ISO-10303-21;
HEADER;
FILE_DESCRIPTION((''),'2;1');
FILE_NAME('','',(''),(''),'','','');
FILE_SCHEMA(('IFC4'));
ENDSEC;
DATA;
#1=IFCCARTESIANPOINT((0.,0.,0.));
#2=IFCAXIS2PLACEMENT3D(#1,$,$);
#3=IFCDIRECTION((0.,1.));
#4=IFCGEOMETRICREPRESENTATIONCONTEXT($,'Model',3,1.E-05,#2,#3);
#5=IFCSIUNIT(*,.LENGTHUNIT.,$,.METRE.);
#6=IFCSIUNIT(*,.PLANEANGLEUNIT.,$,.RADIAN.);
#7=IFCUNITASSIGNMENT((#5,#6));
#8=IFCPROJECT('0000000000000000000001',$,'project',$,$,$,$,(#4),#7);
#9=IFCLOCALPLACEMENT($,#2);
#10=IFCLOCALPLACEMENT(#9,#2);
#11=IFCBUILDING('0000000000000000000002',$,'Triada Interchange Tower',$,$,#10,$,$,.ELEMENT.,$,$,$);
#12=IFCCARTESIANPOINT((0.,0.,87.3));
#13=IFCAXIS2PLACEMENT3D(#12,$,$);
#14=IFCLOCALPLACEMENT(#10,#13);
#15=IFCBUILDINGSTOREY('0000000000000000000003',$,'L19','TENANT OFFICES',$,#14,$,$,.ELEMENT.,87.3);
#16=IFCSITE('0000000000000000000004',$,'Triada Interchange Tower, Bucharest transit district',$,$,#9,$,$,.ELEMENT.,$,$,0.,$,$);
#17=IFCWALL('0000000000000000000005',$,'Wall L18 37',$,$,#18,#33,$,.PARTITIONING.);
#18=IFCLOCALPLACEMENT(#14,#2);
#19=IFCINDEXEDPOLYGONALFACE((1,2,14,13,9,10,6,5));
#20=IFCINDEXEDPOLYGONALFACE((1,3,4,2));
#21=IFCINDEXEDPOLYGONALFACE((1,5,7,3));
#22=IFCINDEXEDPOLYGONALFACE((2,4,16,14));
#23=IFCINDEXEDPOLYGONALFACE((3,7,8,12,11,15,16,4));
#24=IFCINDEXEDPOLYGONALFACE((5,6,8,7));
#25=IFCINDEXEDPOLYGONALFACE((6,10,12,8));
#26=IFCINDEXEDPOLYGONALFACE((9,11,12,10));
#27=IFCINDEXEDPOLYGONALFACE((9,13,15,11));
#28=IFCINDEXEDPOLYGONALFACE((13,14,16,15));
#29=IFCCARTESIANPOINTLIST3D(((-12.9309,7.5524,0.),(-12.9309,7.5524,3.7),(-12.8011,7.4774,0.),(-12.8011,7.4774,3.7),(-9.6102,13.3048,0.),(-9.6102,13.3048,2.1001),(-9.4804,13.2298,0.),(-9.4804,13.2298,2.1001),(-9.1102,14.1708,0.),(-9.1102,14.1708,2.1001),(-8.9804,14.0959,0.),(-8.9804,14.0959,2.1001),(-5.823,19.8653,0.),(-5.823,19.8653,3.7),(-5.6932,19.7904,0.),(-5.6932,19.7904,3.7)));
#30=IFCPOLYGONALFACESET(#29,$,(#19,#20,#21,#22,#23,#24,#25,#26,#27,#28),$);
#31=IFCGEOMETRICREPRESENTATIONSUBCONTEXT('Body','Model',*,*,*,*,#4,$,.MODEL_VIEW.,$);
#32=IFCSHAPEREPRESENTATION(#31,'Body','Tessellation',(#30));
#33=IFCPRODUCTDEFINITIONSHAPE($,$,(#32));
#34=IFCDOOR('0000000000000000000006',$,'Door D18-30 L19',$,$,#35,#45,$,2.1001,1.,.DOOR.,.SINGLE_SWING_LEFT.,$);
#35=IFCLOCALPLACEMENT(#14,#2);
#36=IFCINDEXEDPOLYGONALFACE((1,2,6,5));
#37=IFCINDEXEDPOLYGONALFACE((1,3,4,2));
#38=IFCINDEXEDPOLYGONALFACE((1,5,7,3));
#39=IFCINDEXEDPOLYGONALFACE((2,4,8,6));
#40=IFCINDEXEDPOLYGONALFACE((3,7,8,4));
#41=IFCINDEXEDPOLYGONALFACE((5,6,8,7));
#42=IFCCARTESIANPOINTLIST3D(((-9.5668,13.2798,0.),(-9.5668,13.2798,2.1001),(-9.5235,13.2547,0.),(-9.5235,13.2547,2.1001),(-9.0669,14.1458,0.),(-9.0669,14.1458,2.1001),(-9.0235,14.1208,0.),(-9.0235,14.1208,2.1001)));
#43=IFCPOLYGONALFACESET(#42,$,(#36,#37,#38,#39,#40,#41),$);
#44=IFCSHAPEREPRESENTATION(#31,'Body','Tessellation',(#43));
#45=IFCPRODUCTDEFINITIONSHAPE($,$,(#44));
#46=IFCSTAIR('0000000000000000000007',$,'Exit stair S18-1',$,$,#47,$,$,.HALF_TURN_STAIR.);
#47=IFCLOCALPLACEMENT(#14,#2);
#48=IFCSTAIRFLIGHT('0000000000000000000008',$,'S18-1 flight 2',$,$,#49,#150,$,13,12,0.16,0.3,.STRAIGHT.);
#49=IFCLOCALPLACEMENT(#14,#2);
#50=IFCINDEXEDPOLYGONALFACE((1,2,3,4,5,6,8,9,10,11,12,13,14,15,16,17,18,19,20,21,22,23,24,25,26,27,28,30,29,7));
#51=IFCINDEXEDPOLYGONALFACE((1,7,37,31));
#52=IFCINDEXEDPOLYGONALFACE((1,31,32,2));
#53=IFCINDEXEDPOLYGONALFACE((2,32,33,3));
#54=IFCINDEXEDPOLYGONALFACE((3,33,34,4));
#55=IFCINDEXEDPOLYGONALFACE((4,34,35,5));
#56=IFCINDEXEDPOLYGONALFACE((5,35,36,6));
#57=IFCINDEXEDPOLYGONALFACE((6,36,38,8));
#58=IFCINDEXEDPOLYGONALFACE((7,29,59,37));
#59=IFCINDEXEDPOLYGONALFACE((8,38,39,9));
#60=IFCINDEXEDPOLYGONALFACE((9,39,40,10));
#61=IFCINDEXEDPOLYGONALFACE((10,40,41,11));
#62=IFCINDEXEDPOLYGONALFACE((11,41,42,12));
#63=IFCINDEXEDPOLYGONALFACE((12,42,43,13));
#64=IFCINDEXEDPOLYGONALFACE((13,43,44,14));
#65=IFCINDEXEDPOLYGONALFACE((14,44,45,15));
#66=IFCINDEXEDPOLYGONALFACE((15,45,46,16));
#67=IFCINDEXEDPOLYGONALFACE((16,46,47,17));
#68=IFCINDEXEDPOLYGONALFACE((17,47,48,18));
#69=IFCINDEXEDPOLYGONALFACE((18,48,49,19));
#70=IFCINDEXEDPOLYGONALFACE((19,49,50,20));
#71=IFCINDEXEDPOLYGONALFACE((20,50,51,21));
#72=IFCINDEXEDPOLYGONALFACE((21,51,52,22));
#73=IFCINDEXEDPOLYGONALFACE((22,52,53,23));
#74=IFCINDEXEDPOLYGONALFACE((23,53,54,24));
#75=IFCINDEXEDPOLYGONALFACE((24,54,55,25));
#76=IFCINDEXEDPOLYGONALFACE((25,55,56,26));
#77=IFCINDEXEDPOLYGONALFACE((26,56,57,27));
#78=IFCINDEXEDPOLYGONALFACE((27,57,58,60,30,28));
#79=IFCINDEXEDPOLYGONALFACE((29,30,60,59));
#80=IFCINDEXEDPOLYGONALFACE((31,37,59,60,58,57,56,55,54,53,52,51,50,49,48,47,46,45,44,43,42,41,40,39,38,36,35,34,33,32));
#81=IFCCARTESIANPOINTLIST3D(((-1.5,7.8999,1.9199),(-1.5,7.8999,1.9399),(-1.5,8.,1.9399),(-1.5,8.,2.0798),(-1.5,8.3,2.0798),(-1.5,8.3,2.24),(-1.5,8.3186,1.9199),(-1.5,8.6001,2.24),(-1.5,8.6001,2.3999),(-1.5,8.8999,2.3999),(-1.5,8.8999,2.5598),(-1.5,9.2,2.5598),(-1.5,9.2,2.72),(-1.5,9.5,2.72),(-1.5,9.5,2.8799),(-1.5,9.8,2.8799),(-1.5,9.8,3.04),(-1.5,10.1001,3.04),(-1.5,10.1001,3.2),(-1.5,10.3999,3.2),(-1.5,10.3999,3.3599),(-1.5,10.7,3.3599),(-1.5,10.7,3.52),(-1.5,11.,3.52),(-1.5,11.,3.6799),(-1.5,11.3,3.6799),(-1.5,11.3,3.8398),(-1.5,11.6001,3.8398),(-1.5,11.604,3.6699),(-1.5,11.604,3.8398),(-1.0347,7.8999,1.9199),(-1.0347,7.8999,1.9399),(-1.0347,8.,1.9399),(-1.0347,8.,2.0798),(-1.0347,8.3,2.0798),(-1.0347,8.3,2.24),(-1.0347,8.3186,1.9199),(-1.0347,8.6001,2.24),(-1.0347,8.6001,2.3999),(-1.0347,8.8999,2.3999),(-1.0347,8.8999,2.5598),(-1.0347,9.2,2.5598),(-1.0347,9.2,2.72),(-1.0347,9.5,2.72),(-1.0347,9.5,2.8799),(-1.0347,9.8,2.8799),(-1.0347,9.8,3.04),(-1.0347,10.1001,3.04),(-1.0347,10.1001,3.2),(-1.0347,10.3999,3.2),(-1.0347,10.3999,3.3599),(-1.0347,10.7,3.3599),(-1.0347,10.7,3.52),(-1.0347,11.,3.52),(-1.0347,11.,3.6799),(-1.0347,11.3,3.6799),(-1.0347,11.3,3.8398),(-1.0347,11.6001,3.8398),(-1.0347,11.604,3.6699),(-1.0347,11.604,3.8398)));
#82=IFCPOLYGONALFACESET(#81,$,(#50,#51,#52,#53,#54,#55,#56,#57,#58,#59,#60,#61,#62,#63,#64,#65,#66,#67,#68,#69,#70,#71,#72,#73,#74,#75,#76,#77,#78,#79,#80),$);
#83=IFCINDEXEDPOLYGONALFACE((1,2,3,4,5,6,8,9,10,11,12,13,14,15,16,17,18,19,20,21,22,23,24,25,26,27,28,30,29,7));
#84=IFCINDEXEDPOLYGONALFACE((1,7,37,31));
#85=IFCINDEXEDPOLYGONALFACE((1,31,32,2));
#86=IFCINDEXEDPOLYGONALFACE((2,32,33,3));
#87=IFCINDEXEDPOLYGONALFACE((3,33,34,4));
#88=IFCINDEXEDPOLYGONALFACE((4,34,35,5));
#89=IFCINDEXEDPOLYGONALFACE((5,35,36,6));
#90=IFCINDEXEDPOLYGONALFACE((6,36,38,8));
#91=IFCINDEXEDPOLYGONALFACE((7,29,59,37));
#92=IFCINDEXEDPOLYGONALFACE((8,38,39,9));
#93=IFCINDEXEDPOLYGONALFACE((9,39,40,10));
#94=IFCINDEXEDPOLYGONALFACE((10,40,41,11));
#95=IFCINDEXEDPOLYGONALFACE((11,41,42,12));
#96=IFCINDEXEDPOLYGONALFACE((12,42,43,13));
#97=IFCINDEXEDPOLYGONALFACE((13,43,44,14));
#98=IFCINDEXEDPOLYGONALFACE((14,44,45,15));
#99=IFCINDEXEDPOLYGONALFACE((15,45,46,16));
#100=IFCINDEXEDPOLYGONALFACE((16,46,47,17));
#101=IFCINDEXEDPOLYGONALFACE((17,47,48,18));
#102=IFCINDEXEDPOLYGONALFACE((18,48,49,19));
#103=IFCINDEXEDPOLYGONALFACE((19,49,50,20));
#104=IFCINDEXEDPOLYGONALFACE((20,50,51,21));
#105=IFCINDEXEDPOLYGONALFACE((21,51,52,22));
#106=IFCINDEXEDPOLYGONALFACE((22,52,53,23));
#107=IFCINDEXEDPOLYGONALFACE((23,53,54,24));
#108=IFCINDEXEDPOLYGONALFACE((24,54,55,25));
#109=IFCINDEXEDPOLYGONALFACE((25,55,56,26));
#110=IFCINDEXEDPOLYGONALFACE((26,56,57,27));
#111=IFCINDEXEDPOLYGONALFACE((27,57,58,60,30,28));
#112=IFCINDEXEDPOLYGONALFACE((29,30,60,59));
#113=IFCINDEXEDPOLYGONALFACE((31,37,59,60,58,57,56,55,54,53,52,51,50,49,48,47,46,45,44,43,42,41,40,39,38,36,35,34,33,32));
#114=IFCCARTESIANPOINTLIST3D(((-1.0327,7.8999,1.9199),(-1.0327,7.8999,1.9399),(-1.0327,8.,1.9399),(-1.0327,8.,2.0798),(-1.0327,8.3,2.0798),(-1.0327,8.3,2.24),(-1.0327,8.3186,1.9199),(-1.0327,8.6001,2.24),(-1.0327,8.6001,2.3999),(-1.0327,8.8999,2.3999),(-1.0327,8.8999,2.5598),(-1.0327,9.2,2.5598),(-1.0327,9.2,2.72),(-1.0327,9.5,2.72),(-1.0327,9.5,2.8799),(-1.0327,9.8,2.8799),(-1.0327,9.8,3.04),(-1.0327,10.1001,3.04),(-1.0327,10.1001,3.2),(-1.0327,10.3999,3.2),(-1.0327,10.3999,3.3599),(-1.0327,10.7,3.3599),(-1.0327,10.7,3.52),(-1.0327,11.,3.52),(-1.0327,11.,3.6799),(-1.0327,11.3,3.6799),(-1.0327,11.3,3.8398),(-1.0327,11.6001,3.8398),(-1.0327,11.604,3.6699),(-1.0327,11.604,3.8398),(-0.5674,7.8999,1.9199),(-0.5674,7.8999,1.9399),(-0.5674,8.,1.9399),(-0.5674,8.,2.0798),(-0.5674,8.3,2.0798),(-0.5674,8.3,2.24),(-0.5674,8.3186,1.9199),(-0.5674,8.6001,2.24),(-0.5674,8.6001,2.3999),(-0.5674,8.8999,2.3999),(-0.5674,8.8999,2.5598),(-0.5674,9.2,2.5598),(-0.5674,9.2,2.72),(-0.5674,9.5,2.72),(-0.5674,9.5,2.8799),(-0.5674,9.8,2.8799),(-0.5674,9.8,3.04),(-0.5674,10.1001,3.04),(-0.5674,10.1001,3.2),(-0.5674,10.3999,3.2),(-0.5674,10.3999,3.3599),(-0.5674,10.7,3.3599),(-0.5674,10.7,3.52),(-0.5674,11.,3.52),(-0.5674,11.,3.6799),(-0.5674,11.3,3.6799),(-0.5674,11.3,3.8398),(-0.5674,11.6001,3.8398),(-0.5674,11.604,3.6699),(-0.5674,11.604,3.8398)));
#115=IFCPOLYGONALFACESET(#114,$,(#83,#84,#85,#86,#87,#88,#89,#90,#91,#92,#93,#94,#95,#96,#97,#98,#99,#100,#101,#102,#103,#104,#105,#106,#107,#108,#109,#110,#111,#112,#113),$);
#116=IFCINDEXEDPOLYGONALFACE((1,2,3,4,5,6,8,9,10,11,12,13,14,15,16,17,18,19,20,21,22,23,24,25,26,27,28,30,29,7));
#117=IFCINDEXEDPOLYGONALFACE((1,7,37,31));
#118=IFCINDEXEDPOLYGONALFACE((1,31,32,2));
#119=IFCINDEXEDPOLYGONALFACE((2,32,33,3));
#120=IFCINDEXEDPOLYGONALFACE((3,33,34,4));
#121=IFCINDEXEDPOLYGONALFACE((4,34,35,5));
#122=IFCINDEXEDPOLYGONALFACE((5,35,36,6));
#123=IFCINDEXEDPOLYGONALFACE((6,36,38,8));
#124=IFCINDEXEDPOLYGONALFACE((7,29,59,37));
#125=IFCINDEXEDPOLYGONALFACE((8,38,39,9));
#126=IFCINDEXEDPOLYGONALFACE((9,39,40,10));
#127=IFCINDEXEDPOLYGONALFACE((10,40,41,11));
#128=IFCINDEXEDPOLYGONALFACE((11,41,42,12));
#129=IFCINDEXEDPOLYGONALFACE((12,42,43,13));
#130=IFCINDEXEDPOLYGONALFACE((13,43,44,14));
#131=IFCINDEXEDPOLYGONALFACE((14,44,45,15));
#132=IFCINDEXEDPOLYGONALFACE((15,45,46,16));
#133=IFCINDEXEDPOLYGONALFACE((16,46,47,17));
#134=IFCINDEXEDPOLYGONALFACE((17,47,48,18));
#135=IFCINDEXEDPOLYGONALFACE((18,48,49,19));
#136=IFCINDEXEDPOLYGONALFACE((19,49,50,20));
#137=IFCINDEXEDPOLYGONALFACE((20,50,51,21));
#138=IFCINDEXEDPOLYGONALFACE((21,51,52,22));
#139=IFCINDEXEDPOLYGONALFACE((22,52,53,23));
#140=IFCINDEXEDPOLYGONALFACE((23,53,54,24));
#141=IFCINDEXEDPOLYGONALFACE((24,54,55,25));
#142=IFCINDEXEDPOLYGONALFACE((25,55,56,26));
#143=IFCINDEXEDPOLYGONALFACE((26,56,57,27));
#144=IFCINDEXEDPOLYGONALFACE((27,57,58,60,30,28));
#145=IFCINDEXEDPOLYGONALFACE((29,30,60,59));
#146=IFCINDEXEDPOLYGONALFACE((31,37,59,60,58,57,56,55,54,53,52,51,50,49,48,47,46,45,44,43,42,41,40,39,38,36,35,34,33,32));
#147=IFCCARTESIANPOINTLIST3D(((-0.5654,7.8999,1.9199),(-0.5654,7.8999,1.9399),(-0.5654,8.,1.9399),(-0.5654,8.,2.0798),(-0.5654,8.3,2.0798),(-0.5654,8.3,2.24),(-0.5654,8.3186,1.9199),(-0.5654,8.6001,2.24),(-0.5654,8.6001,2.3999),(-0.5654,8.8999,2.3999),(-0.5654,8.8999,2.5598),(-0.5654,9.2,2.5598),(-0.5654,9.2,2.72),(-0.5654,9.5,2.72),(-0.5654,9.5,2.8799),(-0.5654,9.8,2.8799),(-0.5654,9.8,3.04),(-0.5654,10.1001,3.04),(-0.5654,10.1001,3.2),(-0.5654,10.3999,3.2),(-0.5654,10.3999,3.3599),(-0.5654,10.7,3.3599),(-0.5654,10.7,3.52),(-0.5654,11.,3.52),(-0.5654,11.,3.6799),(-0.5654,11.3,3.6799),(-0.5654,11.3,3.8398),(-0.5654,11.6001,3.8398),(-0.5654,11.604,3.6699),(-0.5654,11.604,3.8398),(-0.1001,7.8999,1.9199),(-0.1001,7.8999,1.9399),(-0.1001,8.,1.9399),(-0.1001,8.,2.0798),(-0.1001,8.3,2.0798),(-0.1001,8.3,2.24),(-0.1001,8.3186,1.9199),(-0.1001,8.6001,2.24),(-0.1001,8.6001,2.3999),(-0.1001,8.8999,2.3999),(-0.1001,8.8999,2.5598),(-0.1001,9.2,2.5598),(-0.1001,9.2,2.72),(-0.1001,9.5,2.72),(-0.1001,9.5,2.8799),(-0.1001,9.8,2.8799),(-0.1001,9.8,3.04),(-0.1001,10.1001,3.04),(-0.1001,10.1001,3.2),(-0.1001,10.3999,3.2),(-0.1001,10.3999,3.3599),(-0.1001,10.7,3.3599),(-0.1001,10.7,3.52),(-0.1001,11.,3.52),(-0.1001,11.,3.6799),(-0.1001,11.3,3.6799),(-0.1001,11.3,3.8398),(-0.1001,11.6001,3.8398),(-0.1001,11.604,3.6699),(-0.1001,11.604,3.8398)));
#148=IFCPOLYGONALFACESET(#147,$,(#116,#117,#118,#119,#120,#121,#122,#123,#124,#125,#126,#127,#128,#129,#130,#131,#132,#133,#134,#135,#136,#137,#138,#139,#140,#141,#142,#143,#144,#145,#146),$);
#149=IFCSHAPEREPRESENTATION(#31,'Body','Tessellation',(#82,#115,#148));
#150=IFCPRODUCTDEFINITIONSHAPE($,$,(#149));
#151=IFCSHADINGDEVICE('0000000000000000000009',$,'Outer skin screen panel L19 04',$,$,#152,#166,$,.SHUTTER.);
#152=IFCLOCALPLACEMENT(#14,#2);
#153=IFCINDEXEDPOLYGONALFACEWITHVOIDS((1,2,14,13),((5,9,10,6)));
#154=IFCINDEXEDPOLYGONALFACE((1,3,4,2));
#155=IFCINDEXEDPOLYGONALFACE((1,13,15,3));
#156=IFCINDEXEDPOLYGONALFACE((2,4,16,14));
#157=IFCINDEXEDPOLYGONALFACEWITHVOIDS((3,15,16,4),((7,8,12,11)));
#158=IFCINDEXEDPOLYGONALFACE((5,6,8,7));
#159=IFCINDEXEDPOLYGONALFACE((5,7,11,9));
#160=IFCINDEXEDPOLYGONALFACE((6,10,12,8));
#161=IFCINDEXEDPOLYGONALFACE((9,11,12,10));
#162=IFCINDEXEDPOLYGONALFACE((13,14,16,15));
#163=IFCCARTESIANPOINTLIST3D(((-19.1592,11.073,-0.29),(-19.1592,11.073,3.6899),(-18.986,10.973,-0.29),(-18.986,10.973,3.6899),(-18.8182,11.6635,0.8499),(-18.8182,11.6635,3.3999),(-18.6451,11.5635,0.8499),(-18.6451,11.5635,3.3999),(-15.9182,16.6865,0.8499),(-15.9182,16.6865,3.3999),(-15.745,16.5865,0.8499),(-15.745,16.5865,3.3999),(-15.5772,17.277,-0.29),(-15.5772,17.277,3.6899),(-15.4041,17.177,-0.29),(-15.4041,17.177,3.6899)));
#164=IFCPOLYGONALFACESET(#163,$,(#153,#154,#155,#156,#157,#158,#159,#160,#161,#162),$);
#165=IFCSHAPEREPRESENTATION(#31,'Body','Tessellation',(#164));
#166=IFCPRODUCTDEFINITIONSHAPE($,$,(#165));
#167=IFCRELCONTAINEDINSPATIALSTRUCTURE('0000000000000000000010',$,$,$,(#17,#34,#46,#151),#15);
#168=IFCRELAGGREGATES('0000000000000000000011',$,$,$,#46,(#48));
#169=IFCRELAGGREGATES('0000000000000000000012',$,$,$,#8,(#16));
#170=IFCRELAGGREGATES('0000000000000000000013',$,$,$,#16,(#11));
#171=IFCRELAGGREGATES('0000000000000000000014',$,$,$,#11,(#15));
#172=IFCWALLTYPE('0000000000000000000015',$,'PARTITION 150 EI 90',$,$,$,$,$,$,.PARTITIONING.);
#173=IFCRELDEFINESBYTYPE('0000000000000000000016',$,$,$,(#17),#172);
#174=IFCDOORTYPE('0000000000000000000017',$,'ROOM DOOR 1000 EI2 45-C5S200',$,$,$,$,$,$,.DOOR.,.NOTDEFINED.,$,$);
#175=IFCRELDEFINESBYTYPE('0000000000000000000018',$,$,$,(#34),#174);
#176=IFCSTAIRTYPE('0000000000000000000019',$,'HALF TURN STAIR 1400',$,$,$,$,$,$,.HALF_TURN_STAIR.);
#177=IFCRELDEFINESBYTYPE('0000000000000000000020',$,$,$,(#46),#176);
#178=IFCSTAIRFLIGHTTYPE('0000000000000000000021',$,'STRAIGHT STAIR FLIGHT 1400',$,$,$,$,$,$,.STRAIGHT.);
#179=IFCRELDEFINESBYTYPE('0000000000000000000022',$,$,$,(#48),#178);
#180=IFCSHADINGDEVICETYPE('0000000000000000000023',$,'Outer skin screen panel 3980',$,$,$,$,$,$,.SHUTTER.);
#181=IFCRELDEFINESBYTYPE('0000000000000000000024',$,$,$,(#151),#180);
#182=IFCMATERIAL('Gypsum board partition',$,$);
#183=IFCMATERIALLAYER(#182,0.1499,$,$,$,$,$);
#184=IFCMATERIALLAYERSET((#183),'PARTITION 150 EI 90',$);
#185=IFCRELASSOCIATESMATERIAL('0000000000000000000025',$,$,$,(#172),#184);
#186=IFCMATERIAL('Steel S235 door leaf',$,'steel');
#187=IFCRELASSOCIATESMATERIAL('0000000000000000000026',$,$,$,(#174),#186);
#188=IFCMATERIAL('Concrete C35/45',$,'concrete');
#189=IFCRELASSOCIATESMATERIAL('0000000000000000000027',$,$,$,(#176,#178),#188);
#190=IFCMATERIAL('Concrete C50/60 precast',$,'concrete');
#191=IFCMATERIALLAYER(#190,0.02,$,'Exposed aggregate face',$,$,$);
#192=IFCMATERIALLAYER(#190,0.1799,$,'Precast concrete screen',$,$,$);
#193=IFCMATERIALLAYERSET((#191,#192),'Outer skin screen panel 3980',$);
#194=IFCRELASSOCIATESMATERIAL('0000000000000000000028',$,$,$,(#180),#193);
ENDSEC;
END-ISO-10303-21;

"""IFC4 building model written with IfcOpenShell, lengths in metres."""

from ifc_helpers import new_model, si_unit, direction, frame, frame_2d, origin, place, context, subcontext, project, spatial, polyline, rectangle, outline, extrude, material, layer, layer_set, type_object, element, fill, aggregate, save


model = new_model("IFC4")

# Units and contexts
model_context = context("Model", 3, precision=1e-05, world=origin(), true_north=direction((0.0, 1.0)))
body_context = subcontext(model_context, "Body", "Model", "MODEL_VIEW")
ifc_project = project(units=[si_unit("LENGTHUNIT", "METRE"), si_unit("PLANEANGLEUNIT", "RADIAN")], contexts=[model_context])

# Site, building, storey
site_placement = place(None, origin())
site = spatial("IfcSite", under=ifc_project, at=site_placement, Name="Triada Interchange Tower, Bucharest transit district", CompositionType="ELEMENT", RefElevation=0.0)
building_placement = place(site_placement, origin())
building = spatial("IfcBuilding", under=site, at=building_placement, Name="Triada Interchange Tower", CompositionType="ELEMENT")
storey_placement = place(building_placement, frame((0.0, 0.0, 87.3)))
storey = spatial("IfcBuildingStorey", under=building, at=storey_placement, Name="L19", Description="TENANT OFFICES", CompositionType="ELEMENT", Elevation=87.3)

# Shared definitions
ifc_material_1 = material(Name="Steel S235 door leaf", Category="steel")

# Shared definitions
ifc_material_2 = material(Name="Gypsum board partition")

# Wall, opening, door
ifc_layer_1 = layer(ifc_material_2, 0.1499)
ifc_layer_set_1 = layer_set([ifc_layer_1], Name="PARTITION 150 EI 90")
wall_type_1 = type_object("IfcWallType", Name="PARTITION 150 EI 90", PredefinedType="PARTITIONING", material=ifc_layer_set_1)
wall_1_placement = place(storey_placement, frame((-12.866, 7.5149, 0.0), z_axis=(0.0, 0.0, 1.0), x_axis=(0.499947, 0.866056, 0.0)))
wall_1 = element("IfcWall", 1, at=wall_1_placement, inside=storey, type_object=wall_type_1, Name="Wall L18 37", PredefinedType="PARTITIONING", context=body_context, shape_type="SweptSolid", body=[
    extrude(rectangle(XDim=14.2173, YDim=0.1499, at=frame_2d((7.1086, 0.0))), origin(), (0.0, 0.0, 1.0), 3.7),
])
opening_1_placement = place(wall_1_placement, frame((6.6421, 0.0, 0.0)))
opening_1 = element("IfcOpeningElement", 2, at=opening_1_placement, cuts=wall_1, PredefinedType="OPENING", context=body_context, shape_type="SweptSolid", body=[
    extrude(rectangle(XDim=1.0, YDim=2.1001, at=frame_2d((0.5, 1.05))), frame((0.0, 0.085, 0.0), z_axis=(0.0, -1.0, 0.0), x_axis=(1.0, 0.0, 0.0)), (0.0, 0.0, 1.0), 0.1699),
])
door_type_1 = type_object("IfcDoorType", Name="ROOM DOOR 1000 EI2 45-C5S200", OperationType="NOTDEFINED", PredefinedType="DOOR", material=ifc_material_1)
door_1_placement = place(opening_1_placement, origin())
door_1 = element("IfcDoor", 3, at=door_1_placement, inside=storey, type_object=door_type_1, Name="Door D18-30 L19", OperationType="SINGLE_SWING_LEFT", OverallHeight=2.1001, OverallWidth=1.0, PredefinedType="DOOR", context=body_context, shape_type="SweptSolid", body=[
    extrude(rectangle(XDim=1.0, YDim=2.1001, at=frame_2d((0.5, 1.05))), frame((0.0, 0.0249, 0.0), z_axis=(0.0, -1.0, 0.0), x_axis=(1.0, 0.0, 0.0)), (0.0, 0.0, 1.0), 0.05),
])
fill(opening_1, door_1)

# Stair, stair flight
ifc_material_3 = material(Name="Concrete C35/45", Category="concrete")
stair_type = type_object("IfcStairType", Name="HALF TURN STAIR 1400", PredefinedType="HALF_TURN_STAIR", material=ifc_material_3)
stair_placement = place(storey_placement, origin())
stair = element("IfcStair", 4, at=stair_placement, inside=storey, type_object=stair_type, Name="Exit stair S18-1", PredefinedType="HALF_TURN_STAIR")
stair_flight_type = type_object("IfcStairFlightType", Name="STRAIGHT STAIR FLIGHT 1400", PredefinedType="STRAIGHT", material=ifc_material_3)
stair_flight_placement = place(storey_placement, frame((-0.8, 8.0, 1.9199), z_axis=(0.0, 0.0, 1.0), x_axis=(0.0, 1.0, 0.0)))
stair_flight = element("IfcStairFlight", 5, at=stair_flight_placement, type_object=stair_flight_type, Name="S18-1 flight 2", NumberOfRisers=13, NumberOfTreads=12, PredefinedType="STRAIGHT", RiserHeight=0.16, TreadLength=0.3, context=body_context, shape_type="SweptSolid", body=[
    extrude(outline(polyline([(-0.1001, 0.0), (-0.1001, 0.02), (0.0, 0.02), (0.0, 0.1599), (0.3, 0.1599), (0.3, 0.3201), (0.6001, 0.3201), (0.6001, 0.48), (0.8999, 0.48), (0.8999, 0.6399), (1.2, 0.6399), (1.2, 0.8), (1.5, 0.8), (1.5, 0.96), (1.8, 0.96), (1.8, 1.1201), (2.1001, 1.1201), (2.1001, 1.28), (2.3999, 1.28), (2.3999, 1.4399), (2.7, 1.4399), (2.7, 1.6001), (3.0, 1.6001), (3.0, 1.76), (3.3, 1.76), (3.3, 1.9199), (3.6001, 1.9199), (3.604, 1.9199), (3.604, 2.0801), (3.604, 1.75), (0.3186, 0.0), (-0.1001, 0.0)])), frame((0.0, 0.7, 0.0), z_axis=(0.0, -1.0, 0.0), x_axis=(1.0, 0.0, 0.0)), (0.0, 0.0, 1.0), 0.4653),
    extrude(outline(polyline([(-0.1001, 0.0), (-0.1001, 0.02), (0.0, 0.02), (0.0, 0.1599), (0.3, 0.1599), (0.3, 0.3201), (0.6001, 0.3201), (0.6001, 0.48), (0.8999, 0.48), (0.8999, 0.6399), (1.2, 0.6399), (1.2, 0.8), (1.5, 0.8), (1.5, 0.96), (1.8, 0.96), (1.8, 1.1201), (2.1001, 1.1201), (2.1001, 1.28), (2.3999, 1.28), (2.3999, 1.4399), (2.7, 1.4399), (2.7, 1.6001), (3.0, 1.6001), (3.0, 1.76), (3.3, 1.76), (3.3, 1.9199), (3.6001, 1.9199), (3.604, 1.9199), (3.604, 2.0801), (3.604, 1.75), (0.3186, 0.0), (-0.1001, 0.0)])), frame((0.0, 0.2327, 0.0), z_axis=(0.0, -1.0, 0.0), x_axis=(1.0, 0.0, 0.0)), (0.0, 0.0, 1.0), 0.4653),
    extrude(outline(polyline([(-0.1001, 0.0), (-0.1001, 0.02), (0.0, 0.02), (0.0, 0.1599), (0.3, 0.1599), (0.3, 0.3201), (0.6001, 0.3201), (0.6001, 0.48), (0.8999, 0.48), (0.8999, 0.6399), (1.2, 0.6399), (1.2, 0.8), (1.5, 0.8), (1.5, 0.96), (1.8, 0.96), (1.8, 1.1201), (2.1001, 1.1201), (2.1001, 1.28), (2.3999, 1.28), (2.3999, 1.4399), (2.7, 1.4399), (2.7, 1.6001), (3.0, 1.6001), (3.0, 1.76), (3.3, 1.76), (3.3, 1.9199), (3.6001, 1.9199), (3.604, 1.9199), (3.604, 2.0801), (3.604, 1.75), (0.3186, 0.0), (-0.1001, 0.0)])), frame((0.0, -0.2346, 0.0), z_axis=(0.0, -1.0, 0.0), x_axis=(1.0, 0.0, 0.0)), (0.0, 0.0, 1.0), 0.4653),
])

# Shading device
ifc_material_4 = material(Name="Concrete C50/60 precast", Category="concrete")
ifc_layer_2 = layer(ifc_material_4, 0.02, Name="Exposed aggregate face")
ifc_layer_3 = layer(ifc_material_4, 0.1799, Name="Precast concrete screen")
ifc_layer_set_2 = layer_set([ifc_layer_2, ifc_layer_3], Name="Outer skin screen panel 3980")
shading_device_type = type_object("IfcShadingDeviceType", Name="Outer skin screen panel 3980", PredefinedType="SHUTTER", material=ifc_layer_set_2)
shading_device_1_placement = place(storey_placement, frame((-15.4041, 17.177, -0.29), z_axis=(0.0, 0.0, 1.0), x_axis=(-0.50001, -0.86602, 0.0)))
element("IfcShadingDevice", 6, at=shading_device_1_placement, inside=storey, type_object=shading_device_type, Name="Outer skin screen panel L19 04", PredefinedType="SHUTTER", context=body_context, shape_type="SweptSolid", body=[
    extrude(outline(polyline([(0.0, 0.0), (7.1638, 0.0), (7.1638, 3.98), (0.0, 3.98), (0.0, 0.0)]), holes=[polyline([(0.6819, 1.1399), (0.6819, 3.6899), (6.4819, 3.6899), (6.4819, 1.1399), (0.6819, 1.1399)])]), frame((0.0, 0.0, 0.0), z_axis=(0.0, -1.0, 0.0), x_axis=(1.0, 0.0, 0.0)), (0.0, 0.0, 1.0), 0.2),
])

aggregate(stair, [stair_flight])

save(model, "model.ifc")
